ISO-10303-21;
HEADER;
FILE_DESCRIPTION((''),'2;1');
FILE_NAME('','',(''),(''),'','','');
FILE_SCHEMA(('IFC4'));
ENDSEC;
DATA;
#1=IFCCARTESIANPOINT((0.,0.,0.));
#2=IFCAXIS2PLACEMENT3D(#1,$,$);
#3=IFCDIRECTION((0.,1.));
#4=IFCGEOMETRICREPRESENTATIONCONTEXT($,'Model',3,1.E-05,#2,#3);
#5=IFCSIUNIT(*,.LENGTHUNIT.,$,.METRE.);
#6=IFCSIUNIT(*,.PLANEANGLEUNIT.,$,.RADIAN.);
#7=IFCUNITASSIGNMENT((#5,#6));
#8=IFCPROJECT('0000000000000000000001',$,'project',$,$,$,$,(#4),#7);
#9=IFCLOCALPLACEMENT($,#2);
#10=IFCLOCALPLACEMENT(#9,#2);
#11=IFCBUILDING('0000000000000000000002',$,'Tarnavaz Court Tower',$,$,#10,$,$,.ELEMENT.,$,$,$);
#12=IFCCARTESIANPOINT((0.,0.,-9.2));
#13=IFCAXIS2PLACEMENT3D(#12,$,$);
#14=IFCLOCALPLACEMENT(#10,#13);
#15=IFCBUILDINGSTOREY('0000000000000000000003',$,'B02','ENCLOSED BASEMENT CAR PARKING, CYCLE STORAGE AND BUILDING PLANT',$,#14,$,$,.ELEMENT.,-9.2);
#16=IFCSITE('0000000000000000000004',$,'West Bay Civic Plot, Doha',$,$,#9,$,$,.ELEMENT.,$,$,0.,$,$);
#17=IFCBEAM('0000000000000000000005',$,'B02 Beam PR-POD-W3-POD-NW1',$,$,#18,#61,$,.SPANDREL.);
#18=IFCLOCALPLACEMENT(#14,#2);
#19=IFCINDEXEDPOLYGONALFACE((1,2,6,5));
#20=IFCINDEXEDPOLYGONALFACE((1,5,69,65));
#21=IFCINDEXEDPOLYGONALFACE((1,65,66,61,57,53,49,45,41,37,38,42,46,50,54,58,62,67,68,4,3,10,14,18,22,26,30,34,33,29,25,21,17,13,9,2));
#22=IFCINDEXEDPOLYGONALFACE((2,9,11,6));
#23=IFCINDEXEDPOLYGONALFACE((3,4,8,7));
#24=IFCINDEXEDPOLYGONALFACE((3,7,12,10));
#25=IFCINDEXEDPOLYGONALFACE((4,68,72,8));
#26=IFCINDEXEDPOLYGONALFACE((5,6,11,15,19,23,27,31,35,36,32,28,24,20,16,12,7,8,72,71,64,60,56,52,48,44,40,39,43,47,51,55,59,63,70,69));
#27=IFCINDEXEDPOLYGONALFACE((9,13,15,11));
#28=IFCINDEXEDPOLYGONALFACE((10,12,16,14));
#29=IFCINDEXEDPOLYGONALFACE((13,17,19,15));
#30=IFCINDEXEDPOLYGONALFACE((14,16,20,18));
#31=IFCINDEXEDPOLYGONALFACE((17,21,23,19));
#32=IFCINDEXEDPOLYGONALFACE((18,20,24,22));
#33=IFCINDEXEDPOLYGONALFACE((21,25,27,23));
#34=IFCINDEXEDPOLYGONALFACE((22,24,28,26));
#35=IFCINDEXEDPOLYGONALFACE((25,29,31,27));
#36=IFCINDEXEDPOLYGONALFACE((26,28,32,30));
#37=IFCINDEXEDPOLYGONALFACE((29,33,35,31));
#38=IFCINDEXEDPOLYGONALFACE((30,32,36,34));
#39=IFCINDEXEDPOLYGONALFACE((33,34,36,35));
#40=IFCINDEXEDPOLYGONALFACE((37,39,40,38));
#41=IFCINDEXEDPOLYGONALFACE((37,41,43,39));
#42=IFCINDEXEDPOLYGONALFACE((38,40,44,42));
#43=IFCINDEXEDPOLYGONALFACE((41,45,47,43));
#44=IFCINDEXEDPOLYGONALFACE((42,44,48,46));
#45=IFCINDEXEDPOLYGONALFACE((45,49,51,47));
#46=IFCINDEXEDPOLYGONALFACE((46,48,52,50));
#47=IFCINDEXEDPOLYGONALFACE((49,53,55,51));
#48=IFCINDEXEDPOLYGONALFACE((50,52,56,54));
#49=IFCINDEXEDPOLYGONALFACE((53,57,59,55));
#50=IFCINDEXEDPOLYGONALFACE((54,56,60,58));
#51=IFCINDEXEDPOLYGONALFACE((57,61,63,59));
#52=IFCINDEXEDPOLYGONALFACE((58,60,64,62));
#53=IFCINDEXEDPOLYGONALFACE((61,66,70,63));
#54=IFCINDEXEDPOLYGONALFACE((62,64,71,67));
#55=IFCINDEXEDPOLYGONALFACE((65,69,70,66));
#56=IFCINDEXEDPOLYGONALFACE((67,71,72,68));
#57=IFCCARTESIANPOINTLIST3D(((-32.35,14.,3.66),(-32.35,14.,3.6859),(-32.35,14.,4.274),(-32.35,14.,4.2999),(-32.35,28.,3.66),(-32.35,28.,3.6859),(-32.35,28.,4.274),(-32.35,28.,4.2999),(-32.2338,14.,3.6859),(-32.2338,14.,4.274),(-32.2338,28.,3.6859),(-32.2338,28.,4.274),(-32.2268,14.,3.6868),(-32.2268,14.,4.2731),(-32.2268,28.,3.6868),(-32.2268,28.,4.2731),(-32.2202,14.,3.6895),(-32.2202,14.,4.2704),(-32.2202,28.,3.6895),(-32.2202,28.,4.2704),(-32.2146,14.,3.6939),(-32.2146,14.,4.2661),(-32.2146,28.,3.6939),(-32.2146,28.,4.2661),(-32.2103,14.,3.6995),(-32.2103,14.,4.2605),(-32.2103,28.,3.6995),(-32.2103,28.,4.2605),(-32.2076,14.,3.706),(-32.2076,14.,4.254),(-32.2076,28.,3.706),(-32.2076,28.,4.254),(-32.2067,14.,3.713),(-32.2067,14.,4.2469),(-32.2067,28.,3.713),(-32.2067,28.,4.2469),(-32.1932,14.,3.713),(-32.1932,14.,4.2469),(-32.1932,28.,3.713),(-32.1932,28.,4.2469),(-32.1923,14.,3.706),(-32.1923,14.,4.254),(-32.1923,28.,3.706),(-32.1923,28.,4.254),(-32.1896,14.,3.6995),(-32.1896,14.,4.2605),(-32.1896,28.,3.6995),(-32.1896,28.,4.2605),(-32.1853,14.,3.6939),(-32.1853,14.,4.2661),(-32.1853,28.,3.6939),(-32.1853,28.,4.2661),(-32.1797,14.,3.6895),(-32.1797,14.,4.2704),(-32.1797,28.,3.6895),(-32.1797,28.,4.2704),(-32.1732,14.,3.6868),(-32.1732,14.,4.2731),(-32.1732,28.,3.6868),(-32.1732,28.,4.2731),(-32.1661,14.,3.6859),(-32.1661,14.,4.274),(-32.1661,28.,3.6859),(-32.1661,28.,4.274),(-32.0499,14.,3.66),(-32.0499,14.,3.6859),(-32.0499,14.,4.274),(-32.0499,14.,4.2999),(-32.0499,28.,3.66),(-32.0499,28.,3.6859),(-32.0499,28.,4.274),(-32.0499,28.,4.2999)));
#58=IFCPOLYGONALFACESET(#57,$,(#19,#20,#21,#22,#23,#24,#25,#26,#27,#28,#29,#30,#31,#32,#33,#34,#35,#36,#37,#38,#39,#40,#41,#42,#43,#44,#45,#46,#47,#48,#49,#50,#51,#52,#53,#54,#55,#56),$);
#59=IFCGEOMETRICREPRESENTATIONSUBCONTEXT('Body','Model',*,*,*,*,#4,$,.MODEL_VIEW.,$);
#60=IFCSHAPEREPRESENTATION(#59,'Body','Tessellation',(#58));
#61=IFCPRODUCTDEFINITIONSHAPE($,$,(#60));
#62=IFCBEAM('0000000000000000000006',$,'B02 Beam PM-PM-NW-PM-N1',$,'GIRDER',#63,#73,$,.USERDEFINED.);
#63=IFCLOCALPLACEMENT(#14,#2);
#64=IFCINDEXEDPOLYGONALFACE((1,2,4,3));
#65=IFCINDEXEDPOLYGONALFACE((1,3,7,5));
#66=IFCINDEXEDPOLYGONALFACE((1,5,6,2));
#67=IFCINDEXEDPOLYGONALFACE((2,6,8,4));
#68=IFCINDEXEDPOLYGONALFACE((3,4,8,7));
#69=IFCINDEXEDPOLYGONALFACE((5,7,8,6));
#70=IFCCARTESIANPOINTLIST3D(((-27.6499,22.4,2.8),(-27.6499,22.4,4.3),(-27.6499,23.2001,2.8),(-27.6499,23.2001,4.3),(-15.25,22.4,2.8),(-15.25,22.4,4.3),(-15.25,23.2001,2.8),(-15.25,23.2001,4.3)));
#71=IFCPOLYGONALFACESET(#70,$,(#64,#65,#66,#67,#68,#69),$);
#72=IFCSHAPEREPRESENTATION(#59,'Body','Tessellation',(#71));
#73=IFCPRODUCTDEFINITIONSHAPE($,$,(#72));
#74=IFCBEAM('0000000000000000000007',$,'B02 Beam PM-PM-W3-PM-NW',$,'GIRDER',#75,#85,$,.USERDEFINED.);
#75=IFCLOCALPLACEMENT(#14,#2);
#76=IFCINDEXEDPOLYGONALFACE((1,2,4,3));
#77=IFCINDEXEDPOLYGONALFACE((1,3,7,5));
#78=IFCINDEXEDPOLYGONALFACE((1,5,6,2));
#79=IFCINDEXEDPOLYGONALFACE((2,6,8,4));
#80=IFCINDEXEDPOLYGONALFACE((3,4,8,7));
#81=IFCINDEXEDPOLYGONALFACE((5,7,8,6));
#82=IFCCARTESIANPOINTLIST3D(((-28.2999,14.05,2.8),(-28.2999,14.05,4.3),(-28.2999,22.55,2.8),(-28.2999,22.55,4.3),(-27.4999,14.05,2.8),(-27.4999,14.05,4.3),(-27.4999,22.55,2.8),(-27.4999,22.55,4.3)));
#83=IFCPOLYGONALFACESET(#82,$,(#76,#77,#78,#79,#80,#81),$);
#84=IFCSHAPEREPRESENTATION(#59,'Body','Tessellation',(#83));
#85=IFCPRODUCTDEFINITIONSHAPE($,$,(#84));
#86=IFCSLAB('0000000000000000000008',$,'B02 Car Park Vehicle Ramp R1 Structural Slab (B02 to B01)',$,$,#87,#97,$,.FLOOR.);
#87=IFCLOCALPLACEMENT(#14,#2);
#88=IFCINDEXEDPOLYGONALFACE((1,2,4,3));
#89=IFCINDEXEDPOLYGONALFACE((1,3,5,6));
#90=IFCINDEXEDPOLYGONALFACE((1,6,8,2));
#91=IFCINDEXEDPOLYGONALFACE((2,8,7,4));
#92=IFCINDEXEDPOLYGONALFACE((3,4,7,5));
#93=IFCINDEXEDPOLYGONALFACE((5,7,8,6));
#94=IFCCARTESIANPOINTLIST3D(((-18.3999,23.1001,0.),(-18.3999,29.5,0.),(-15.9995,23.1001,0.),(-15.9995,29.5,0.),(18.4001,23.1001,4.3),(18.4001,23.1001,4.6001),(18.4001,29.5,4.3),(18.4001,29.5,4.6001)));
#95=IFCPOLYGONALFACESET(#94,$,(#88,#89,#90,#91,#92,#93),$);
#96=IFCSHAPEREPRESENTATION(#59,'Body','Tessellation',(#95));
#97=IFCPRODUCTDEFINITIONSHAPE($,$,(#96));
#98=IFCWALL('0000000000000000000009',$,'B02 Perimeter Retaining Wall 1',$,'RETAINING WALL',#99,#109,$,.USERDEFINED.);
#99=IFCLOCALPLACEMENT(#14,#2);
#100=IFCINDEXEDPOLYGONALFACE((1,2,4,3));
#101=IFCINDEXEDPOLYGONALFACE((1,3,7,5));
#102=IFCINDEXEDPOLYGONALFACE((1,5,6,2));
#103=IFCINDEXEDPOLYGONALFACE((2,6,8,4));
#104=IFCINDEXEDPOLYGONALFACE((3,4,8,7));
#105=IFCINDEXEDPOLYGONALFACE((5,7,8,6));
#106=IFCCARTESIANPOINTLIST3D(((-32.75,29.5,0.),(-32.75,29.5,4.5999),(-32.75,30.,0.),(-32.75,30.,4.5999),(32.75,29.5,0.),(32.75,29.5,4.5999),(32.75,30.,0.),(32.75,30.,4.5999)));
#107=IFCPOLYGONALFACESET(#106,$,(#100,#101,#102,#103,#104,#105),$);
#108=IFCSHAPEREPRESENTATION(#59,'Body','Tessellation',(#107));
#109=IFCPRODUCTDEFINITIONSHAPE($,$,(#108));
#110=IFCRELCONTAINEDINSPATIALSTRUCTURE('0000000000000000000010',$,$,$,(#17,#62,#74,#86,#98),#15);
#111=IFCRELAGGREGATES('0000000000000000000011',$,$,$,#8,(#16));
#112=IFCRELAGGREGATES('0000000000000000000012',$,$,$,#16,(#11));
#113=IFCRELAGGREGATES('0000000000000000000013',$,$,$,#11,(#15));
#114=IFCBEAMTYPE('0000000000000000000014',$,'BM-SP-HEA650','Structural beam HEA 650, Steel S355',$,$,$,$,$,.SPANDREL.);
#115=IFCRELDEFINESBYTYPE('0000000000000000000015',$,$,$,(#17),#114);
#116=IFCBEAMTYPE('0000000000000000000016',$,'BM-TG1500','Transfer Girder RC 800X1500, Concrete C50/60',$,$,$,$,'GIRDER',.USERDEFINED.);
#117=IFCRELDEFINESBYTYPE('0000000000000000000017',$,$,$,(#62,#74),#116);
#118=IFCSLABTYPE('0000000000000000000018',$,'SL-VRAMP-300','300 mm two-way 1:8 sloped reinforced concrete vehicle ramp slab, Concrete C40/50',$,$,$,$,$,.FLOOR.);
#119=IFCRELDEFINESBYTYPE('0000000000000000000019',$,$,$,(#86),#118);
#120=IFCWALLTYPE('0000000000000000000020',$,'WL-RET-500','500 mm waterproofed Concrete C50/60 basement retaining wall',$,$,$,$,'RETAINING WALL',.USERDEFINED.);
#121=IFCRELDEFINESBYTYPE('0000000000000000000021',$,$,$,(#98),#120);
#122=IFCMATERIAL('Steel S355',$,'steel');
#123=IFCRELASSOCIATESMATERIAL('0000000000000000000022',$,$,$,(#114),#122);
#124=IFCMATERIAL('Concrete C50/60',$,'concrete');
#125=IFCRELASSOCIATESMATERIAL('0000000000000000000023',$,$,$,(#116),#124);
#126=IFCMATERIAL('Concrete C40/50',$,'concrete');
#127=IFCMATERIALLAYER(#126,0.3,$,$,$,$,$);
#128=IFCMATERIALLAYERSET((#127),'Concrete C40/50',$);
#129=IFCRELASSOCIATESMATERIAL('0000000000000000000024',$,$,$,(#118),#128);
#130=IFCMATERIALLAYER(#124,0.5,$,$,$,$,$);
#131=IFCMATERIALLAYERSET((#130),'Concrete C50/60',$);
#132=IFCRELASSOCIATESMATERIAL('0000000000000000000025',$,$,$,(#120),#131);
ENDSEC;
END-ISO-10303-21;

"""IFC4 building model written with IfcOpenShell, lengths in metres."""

from ifc_helpers import new_model, si_unit, direction, frame, frame_2d, origin, origin_2d, place, context, subcontext, project, spatial, polyline, rectangle, i_section, outline, extrude, material, layer, layer_set, material_profile, profile_set, type_object, element, save


model = new_model("IFC4")

# Units and contexts
model_context = context("Model", 3, precision=1e-05, world=origin(), true_north=direction((0.0, 1.0)))
body_context = subcontext(model_context, "Body", "Model", "MODEL_VIEW")
ifc_project = project(units=[si_unit("LENGTHUNIT", "METRE"), si_unit("PLANEANGLEUNIT", "RADIAN")], contexts=[model_context])

# Site, building, storey
site_placement = place(None, origin())
site = spatial("IfcSite", under=ifc_project, at=site_placement, Name="West Bay Civic Plot, Doha", CompositionType="ELEMENT", RefElevation=0.0)
building_placement = place(site_placement, origin())
building = spatial("IfcBuilding", under=site, at=building_placement, Name="Tarnavaz Court Tower", CompositionType="ELEMENT")
storey_placement = place(building_placement, frame((0.0, 0.0, -9.2)))
storey = spatial("IfcBuildingStorey", under=building, at=storey_placement, Name="B02", Description="ENCLOSED BASEMENT CAR PARKING, CYCLE STORAGE AND BUILDING PLANT", CompositionType="ELEMENT", Elevation=-9.2)

# Shared definitions
ifc_material_1 = material(Name="Concrete C50/60", Category="concrete")

# Beams
ifc_material_2 = material(Name="Steel S355", Category="steel")
ifc_material_profile_1 = material_profile(ifc_material_2, i_section(OverallWidth=0.3, OverallDepth=0.6399, WebThickness=0.0134, FlangeThickness=0.0259, FilletRadius=0.0271, at=origin_2d()), Name="HEA 650")
ifc_profile_set_1 = profile_set([ifc_material_profile_1], Name="Steel S355")
beam_type_1 = type_object("IfcBeamType", Name="BM-SP-HEA650", Description="Structural beam HEA 650, Steel S355", PredefinedType="SPANDREL", material=ifc_profile_set_1)
beam_1_placement = place(storey_placement, frame((-32.2, 14.0, 3.98), z_axis=(0.0, 1.0, 0.0), x_axis=(-1.0, 0.0, 0.0)))
element("IfcBeam", 1, at=beam_1_placement, inside=storey, type_object=beam_type_1, Name="B02 Beam PR-POD-W3-POD-NW1", PredefinedType="SPANDREL", context=body_context, shape_type="SweptSolid", body=[
    extrude(i_section(OverallWidth=0.3, OverallDepth=0.6399, WebThickness=0.0134, FlangeThickness=0.0259, FilletRadius=0.0271, at=origin_2d()), origin(), (0.0, 0.0, 1.0), 14.0),
])
ifc_material_profile_2 = material_profile(ifc_material_1, rectangle(XDim=0.8, YDim=1.5, at=origin_2d()), Name="RC 800X1500")
ifc_profile_set_2 = profile_set([ifc_material_profile_2], Name="Concrete C50/60")
beam_type_2 = type_object("IfcBeamType", Name="BM-TG1500", Description="Transfer Girder RC 800X1500, Concrete C50/60", ElementType="GIRDER", PredefinedType="USERDEFINED", material=ifc_profile_set_2)
beam_2_placement = place(storey_placement, frame((-27.6499, 22.8, 3.55), z_axis=(1.0, 0.0, 0.0), x_axis=(0.0, 1.0, 0.0)))
element("IfcBeam", 2, at=beam_2_placement, inside=storey, type_object=beam_type_2, Name="B02 Beam PM-PM-NW-PM-N1", ObjectType="GIRDER", PredefinedType="USERDEFINED", context=body_context, shape_type="SweptSolid", body=[
    extrude(rectangle(XDim=0.8, YDim=1.5, at=origin_2d()), origin(), (0.0, 0.0, 1.0), 12.3999),
])
beam_3_placement = place(storey_placement, frame((-27.8999, 14.05, 3.55), z_axis=(0.0, 1.0, 0.0), x_axis=(-1.0, 0.0, 0.0)))
element("IfcBeam", 3, at=beam_3_placement, inside=storey, type_object=beam_type_2, Name="B02 Beam PM-PM-W3-PM-NW", ObjectType="GIRDER", PredefinedType="USERDEFINED", context=body_context, shape_type="SweptSolid", body=[
    extrude(rectangle(XDim=0.8, YDim=1.5, at=origin_2d()), origin(), (0.0, 0.0, 1.0), 8.5),
])

# Slab
ifc_material_3 = material(Name="Concrete C40/50", Category="concrete")
ifc_layer_1 = layer(ifc_material_3, 0.3)
ifc_layer_set_1 = layer_set([ifc_layer_1], Name="Concrete C40/50")
slab_type = type_object("IfcSlabType", Name="SL-VRAMP-300", Description="300 mm two-way 1:8 sloped reinforced concrete vehicle ramp slab, Concrete C40/50", PredefinedType="FLOOR", material=ifc_layer_set_1)
slab_placement = place(storey_placement, frame((-18.3999, 26.3, 0.0), z_axis=(0.0, 0.0, 1.0), x_axis=(1.0, 0.0, 0.0)))
element("IfcSlab", 4, at=slab_placement, inside=storey, type_object=slab_type, Name="B02 Car Park Vehicle Ramp R1 Structural Slab (B02 to B01)", PredefinedType="FLOOR", context=body_context, shape_type="SweptSolid", body=[
    extrude(outline(polyline([(0.0, 0.0), (36.8, 4.6001), (36.8, 4.3), (2.4004, 0.0), (0.0, 0.0)])), frame((0.0, 3.2, 0.0), z_axis=(0.0, -1.0, 0.0), x_axis=(1.0, 0.0, 0.0)), (0.0, 0.0, 1.0), 6.3999),
])

# Wall
ifc_layer_2 = layer(ifc_material_1, 0.5)
ifc_layer_set_2 = layer_set([ifc_layer_2], Name="Concrete C50/60")
wall_type = type_object("IfcWallType", Name="WL-RET-500", Description="500 mm waterproofed Concrete C50/60 basement retaining wall", ElementType="RETAINING WALL", PredefinedType="USERDEFINED", material=ifc_layer_set_2)
wall_placement = place(storey_placement, frame((-32.75, 29.75, 0.0), z_axis=(0.0, 0.0, 1.0), x_axis=(1.0, 0.0, 0.0)))
element("IfcWall", 5, at=wall_placement, inside=storey, type_object=wall_type, Name="B02 Perimeter Retaining Wall 1", ObjectType="RETAINING WALL", PredefinedType="USERDEFINED", context=body_context, shape_type="SweptSolid", body=[
    extrude(rectangle(XDim=65.5, YDim=0.5, at=frame_2d((32.75, 0.0))), origin(), (0.0, 0.0, 1.0), 4.5999),
])

save(model, "model.ifc")
